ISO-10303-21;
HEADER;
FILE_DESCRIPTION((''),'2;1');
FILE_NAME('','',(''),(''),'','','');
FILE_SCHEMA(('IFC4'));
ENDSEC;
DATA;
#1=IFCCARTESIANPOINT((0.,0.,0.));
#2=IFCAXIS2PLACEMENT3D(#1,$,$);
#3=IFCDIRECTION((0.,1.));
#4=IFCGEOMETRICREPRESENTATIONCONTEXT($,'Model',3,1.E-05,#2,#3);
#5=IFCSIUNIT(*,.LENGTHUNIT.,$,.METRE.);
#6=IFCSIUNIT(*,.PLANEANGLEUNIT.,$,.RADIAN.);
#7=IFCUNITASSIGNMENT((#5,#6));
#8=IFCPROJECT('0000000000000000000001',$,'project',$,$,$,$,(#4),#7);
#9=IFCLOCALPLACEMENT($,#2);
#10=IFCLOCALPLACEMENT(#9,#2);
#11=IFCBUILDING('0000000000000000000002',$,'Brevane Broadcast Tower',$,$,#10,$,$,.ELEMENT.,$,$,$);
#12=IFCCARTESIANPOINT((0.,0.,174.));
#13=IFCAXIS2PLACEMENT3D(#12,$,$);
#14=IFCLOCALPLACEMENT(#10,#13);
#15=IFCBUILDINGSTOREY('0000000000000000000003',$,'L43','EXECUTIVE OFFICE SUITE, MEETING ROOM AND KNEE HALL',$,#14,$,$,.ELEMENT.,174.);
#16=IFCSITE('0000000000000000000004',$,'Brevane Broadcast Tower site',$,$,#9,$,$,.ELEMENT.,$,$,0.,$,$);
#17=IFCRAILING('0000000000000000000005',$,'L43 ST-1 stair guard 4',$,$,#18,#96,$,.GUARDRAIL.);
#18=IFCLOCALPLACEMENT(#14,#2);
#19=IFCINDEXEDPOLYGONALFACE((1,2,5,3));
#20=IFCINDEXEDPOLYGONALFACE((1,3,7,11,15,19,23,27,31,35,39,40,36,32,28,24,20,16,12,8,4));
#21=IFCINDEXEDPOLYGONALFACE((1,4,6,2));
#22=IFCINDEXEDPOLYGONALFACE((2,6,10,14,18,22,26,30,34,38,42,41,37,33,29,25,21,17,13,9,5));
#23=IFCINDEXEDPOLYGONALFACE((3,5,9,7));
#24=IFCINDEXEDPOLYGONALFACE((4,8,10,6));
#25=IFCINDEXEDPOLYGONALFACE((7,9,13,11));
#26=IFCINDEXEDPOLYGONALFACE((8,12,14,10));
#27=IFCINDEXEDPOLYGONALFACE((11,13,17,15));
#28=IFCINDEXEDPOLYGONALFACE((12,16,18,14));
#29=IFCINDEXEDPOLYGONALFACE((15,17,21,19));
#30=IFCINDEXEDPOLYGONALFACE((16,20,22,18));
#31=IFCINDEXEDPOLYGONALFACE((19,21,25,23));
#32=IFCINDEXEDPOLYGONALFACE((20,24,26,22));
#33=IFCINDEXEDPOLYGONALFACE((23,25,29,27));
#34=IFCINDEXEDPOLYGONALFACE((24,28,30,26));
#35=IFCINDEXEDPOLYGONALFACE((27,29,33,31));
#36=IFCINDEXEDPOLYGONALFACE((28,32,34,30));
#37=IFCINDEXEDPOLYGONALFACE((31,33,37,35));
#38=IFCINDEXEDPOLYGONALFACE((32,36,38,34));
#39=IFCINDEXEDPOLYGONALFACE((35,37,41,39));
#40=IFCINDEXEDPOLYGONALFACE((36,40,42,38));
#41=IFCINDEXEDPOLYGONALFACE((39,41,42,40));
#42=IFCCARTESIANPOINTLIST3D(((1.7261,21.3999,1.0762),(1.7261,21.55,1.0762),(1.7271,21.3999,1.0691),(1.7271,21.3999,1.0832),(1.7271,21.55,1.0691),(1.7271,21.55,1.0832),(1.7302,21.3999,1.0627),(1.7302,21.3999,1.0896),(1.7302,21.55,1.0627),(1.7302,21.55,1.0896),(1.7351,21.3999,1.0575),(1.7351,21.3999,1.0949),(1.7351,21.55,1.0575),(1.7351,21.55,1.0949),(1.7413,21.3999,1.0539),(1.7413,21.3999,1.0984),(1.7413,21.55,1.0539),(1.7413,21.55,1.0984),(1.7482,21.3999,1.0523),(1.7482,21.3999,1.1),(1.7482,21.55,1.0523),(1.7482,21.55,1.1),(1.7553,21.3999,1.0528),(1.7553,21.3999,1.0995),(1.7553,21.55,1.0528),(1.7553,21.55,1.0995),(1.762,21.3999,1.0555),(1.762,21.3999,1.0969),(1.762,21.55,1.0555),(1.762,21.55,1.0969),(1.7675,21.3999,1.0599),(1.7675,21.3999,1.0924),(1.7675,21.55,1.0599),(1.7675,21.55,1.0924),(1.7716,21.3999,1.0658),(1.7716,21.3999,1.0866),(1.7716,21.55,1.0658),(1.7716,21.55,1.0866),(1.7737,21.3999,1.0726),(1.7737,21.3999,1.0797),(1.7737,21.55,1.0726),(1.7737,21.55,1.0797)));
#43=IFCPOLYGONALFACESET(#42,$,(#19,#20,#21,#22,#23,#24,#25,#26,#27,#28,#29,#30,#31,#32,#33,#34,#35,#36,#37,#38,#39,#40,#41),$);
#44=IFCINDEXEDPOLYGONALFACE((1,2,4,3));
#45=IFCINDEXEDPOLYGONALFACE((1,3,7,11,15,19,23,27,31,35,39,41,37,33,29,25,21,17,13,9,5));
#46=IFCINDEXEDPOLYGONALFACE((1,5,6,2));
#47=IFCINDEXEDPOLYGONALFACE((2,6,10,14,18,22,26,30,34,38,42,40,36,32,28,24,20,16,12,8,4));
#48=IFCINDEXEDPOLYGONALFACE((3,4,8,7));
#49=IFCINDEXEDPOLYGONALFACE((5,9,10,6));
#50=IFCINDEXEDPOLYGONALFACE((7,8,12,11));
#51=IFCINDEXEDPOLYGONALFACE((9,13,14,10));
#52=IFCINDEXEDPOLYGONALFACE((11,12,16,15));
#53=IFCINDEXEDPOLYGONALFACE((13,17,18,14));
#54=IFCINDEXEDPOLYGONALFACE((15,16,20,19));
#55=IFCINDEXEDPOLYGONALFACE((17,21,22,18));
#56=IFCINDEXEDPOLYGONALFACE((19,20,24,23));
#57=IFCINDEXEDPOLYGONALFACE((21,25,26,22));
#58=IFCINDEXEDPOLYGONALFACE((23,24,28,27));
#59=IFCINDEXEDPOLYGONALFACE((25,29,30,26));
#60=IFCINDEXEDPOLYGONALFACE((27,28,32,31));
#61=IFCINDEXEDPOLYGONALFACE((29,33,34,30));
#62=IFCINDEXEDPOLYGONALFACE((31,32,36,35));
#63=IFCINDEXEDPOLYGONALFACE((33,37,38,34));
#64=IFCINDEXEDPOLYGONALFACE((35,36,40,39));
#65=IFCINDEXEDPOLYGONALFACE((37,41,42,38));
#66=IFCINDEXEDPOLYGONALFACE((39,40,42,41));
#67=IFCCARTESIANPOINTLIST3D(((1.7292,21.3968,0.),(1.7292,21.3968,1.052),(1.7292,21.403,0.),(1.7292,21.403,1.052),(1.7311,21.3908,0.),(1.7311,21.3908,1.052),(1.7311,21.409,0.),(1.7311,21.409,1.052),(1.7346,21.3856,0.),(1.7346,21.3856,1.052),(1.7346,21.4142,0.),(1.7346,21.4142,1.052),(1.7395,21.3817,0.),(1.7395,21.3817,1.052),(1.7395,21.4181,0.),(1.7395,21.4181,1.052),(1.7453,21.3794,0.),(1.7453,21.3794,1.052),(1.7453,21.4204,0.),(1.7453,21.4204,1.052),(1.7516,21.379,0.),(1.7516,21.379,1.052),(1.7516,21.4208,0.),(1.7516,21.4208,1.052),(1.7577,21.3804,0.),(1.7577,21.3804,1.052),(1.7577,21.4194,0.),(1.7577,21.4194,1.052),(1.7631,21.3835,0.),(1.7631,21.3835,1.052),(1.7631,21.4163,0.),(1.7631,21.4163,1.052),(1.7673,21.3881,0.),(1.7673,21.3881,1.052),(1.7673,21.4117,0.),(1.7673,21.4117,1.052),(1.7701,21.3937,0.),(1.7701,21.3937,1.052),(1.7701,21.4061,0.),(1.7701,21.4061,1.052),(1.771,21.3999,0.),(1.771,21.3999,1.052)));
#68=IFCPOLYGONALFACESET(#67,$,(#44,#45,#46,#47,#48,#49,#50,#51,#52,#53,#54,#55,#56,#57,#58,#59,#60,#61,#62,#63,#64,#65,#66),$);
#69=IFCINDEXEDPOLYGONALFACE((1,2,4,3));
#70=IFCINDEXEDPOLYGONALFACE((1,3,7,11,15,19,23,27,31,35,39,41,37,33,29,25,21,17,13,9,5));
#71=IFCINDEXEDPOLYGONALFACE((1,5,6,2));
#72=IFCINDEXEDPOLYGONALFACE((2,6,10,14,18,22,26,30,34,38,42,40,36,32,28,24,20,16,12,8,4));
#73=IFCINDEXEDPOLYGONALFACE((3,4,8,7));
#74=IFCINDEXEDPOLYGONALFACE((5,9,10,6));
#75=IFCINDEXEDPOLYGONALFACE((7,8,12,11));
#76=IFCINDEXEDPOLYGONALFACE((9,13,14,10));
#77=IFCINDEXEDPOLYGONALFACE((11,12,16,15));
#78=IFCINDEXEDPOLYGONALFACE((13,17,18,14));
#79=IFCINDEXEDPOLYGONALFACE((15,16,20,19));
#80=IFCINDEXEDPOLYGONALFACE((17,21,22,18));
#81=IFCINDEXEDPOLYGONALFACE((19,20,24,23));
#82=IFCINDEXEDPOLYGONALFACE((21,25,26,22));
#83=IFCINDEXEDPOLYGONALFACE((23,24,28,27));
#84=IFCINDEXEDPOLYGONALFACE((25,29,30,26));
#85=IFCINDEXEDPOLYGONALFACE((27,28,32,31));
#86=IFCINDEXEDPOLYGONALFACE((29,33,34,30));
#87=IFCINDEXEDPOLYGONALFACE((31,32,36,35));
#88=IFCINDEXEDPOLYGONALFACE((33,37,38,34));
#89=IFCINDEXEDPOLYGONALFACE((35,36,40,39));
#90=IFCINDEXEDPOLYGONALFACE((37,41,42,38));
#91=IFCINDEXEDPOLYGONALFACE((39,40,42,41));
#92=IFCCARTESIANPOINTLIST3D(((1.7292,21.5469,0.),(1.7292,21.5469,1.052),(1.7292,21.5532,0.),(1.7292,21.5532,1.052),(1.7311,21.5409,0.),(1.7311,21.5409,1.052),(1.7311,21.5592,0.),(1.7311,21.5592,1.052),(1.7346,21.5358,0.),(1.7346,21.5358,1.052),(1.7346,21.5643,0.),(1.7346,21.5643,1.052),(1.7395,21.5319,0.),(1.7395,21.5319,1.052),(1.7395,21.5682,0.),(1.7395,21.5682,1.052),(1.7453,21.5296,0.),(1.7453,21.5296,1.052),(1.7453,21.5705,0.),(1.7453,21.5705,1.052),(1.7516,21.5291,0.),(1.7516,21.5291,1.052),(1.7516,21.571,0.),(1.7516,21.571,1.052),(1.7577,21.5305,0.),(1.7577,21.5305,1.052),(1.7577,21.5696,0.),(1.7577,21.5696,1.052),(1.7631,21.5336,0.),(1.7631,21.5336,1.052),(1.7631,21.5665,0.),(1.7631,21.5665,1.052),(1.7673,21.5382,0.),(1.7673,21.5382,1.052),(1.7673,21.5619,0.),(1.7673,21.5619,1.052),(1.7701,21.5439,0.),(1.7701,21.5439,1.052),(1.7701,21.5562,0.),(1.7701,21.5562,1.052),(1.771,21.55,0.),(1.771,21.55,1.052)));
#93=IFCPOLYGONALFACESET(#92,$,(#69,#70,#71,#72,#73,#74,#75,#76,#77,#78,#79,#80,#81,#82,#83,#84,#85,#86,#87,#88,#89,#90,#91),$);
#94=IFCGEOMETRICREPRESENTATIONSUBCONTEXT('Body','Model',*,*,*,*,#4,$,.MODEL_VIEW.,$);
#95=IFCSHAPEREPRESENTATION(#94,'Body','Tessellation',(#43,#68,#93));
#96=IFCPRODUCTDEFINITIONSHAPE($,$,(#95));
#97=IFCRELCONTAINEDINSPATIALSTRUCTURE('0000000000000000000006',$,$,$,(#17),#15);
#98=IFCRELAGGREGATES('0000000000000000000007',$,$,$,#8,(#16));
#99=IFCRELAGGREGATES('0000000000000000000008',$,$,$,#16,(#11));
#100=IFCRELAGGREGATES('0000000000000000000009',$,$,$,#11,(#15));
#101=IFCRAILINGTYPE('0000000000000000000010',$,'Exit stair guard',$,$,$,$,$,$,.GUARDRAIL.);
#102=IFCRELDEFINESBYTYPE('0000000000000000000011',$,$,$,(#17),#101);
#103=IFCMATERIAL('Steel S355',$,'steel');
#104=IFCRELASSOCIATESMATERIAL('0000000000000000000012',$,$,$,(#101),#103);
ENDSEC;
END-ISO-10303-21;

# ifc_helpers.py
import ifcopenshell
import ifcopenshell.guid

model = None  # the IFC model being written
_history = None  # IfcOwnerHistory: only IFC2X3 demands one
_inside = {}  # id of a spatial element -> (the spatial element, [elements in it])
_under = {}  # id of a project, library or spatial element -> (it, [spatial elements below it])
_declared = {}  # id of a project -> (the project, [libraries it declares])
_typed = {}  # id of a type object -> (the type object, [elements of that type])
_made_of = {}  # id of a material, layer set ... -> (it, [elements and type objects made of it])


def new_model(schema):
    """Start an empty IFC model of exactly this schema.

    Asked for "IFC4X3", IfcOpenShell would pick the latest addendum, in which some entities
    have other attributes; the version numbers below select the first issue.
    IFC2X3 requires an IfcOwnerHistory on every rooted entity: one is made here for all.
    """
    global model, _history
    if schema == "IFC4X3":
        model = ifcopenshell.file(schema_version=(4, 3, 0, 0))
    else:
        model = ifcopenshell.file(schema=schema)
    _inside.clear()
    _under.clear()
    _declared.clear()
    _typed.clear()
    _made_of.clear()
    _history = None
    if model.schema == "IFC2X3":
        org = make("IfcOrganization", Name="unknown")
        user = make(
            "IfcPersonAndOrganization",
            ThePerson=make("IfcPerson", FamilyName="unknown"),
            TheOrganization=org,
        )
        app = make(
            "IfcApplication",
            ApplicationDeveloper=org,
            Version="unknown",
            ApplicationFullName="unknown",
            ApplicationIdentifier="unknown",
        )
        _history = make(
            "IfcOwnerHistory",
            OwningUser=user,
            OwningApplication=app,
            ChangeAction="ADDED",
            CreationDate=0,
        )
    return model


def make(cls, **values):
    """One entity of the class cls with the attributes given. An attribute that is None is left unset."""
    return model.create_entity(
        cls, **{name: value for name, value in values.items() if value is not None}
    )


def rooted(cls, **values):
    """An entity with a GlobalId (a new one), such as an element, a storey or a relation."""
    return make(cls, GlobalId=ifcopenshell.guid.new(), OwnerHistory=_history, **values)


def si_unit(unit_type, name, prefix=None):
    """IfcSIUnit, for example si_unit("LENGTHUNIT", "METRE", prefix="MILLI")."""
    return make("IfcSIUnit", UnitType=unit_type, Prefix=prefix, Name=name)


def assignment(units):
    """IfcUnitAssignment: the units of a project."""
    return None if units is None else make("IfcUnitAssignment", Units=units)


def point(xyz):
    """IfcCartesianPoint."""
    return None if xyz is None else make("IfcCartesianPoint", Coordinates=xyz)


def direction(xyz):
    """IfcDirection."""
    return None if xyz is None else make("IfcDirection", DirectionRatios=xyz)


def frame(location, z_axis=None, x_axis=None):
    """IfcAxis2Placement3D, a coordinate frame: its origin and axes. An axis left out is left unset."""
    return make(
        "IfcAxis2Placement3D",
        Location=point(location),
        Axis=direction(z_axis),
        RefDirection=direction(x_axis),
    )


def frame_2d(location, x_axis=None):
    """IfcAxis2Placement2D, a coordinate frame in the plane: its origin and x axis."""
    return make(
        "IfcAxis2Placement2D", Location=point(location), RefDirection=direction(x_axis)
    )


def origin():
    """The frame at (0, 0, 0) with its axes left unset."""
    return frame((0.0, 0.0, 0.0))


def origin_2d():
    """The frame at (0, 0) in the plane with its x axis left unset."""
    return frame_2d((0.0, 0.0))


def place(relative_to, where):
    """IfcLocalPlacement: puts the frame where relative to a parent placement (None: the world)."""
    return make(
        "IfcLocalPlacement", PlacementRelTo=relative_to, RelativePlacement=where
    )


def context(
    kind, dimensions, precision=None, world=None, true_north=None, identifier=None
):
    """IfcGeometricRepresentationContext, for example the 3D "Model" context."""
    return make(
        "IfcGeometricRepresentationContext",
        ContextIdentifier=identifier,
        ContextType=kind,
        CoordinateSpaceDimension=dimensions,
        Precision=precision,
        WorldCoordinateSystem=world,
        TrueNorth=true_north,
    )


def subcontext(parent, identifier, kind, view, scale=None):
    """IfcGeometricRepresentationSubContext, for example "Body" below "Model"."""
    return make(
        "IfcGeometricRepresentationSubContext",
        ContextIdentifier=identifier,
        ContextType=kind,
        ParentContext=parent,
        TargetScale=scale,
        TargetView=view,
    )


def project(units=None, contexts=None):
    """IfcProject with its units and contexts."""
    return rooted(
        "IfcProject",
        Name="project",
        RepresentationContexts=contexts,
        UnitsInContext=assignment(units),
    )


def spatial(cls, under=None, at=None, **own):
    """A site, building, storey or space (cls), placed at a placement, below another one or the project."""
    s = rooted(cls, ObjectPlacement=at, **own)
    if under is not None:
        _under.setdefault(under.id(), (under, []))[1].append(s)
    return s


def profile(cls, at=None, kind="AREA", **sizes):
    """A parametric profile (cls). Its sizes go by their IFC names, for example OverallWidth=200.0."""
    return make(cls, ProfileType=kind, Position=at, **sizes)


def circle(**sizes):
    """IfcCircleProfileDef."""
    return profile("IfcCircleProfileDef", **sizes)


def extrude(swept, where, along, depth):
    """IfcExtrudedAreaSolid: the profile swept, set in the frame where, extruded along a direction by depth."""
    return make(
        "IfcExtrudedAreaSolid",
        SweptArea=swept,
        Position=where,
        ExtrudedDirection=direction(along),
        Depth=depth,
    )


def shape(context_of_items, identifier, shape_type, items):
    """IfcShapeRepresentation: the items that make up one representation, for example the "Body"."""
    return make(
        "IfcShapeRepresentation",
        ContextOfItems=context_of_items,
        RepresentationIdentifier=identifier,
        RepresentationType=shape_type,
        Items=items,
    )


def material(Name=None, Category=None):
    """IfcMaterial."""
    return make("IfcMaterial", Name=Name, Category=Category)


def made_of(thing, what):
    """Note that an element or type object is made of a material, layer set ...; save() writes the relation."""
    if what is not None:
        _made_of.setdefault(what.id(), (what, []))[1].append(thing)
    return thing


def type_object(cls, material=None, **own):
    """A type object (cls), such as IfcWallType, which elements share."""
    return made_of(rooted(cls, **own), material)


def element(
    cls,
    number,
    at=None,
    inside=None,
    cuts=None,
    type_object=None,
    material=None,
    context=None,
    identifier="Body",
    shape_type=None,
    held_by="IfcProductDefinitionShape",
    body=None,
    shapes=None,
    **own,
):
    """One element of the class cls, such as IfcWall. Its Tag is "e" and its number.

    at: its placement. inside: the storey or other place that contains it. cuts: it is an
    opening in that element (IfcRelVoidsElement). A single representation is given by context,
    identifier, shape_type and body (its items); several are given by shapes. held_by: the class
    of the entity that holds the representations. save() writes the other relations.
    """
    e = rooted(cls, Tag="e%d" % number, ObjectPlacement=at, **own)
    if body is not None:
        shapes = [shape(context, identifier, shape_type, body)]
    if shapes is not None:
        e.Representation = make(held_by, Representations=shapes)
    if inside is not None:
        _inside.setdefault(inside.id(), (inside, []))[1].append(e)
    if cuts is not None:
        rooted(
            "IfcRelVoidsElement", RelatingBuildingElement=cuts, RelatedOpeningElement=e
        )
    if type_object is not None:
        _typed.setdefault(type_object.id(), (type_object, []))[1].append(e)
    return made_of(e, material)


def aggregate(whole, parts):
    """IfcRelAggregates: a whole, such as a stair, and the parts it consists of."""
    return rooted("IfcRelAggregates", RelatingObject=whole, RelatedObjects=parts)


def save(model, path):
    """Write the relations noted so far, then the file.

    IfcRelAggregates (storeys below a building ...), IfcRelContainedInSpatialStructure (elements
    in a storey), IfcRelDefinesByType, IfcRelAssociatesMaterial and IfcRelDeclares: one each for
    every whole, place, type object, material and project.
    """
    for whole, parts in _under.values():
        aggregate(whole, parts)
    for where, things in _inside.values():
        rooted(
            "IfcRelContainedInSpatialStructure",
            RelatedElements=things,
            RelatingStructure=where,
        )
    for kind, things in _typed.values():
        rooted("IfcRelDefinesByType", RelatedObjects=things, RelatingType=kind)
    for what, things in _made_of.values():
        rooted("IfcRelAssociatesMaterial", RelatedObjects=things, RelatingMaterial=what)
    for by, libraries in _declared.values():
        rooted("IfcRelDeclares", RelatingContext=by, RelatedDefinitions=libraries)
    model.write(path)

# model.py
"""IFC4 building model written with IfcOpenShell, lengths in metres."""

from ifc_helpers import new_model, si_unit, direction, frame, origin, origin_2d, place, context, subcontext, project, spatial, circle, extrude, material, type_object, element, save


model = new_model("IFC4")

# Units and contexts
model_context = context("Model", 3, precision=1e-05, world=origin(), true_north=direction((0.0, 1.0)))
body_context = subcontext(model_context, "Body", "Model", "MODEL_VIEW")
ifc_project = project(units=[si_unit("LENGTHUNIT", "METRE"), si_unit("PLANEANGLEUNIT", "RADIAN")], contexts=[model_context])

# Site, building, storey
site_placement = place(None, origin())
site = spatial("IfcSite", under=ifc_project, at=site_placement, Name="Brevane Broadcast Tower site", CompositionType="ELEMENT", RefElevation=0.0)
building_placement = place(site_placement, origin())
building = spatial("IfcBuilding", under=site, at=building_placement, Name="Brevane Broadcast Tower", CompositionType="ELEMENT")
storey_placement = place(building_placement, frame((0.0, 0.0, 174.0)))
storey = spatial("IfcBuildingStorey", under=building, at=storey_placement, Name="L43", Description="EXECUTIVE OFFICE SUITE, MEETING ROOM AND KNEE HALL", CompositionType="ELEMENT", Elevation=174.0)

# Railing
ifc_material_1 = material(Name="Steel S355", Category="steel")
railing_type_1 = type_object("IfcRailingType", Name="Exit stair guard", PredefinedType="GUARDRAIL", material=ifc_material_1)
railing_1_placement = place(storey_placement, frame((1.75, 21.3999, 0.0)))
element("IfcRailing", 1, at=railing_1_placement, inside=storey, type_object=railing_type_1, Name="L43 ST-1 stair guard 4", PredefinedType="GUARDRAIL", context=body_context, shape_type="SweptSolid", body=[
    extrude(circle(Radius=0.0239, at=origin_2d()), frame((0.0, 0.0, 1.0762), z_axis=(0.0, 1.0, 0.0), x_axis=(-1.0, 0.0, 0.0)), (0.0, 0.0, 1.0), 0.1501),
    extrude(circle(Radius=0.021, at=origin_2d()), origin(), (0.0, 0.0, 1.0), 1.052),
    extrude(circle(Radius=0.021, at=origin_2d()), frame((0.0, 0.1501, 0.0)), (0.0, 0.0, 1.0), 1.052),
])

save(model, "model.ifc")
